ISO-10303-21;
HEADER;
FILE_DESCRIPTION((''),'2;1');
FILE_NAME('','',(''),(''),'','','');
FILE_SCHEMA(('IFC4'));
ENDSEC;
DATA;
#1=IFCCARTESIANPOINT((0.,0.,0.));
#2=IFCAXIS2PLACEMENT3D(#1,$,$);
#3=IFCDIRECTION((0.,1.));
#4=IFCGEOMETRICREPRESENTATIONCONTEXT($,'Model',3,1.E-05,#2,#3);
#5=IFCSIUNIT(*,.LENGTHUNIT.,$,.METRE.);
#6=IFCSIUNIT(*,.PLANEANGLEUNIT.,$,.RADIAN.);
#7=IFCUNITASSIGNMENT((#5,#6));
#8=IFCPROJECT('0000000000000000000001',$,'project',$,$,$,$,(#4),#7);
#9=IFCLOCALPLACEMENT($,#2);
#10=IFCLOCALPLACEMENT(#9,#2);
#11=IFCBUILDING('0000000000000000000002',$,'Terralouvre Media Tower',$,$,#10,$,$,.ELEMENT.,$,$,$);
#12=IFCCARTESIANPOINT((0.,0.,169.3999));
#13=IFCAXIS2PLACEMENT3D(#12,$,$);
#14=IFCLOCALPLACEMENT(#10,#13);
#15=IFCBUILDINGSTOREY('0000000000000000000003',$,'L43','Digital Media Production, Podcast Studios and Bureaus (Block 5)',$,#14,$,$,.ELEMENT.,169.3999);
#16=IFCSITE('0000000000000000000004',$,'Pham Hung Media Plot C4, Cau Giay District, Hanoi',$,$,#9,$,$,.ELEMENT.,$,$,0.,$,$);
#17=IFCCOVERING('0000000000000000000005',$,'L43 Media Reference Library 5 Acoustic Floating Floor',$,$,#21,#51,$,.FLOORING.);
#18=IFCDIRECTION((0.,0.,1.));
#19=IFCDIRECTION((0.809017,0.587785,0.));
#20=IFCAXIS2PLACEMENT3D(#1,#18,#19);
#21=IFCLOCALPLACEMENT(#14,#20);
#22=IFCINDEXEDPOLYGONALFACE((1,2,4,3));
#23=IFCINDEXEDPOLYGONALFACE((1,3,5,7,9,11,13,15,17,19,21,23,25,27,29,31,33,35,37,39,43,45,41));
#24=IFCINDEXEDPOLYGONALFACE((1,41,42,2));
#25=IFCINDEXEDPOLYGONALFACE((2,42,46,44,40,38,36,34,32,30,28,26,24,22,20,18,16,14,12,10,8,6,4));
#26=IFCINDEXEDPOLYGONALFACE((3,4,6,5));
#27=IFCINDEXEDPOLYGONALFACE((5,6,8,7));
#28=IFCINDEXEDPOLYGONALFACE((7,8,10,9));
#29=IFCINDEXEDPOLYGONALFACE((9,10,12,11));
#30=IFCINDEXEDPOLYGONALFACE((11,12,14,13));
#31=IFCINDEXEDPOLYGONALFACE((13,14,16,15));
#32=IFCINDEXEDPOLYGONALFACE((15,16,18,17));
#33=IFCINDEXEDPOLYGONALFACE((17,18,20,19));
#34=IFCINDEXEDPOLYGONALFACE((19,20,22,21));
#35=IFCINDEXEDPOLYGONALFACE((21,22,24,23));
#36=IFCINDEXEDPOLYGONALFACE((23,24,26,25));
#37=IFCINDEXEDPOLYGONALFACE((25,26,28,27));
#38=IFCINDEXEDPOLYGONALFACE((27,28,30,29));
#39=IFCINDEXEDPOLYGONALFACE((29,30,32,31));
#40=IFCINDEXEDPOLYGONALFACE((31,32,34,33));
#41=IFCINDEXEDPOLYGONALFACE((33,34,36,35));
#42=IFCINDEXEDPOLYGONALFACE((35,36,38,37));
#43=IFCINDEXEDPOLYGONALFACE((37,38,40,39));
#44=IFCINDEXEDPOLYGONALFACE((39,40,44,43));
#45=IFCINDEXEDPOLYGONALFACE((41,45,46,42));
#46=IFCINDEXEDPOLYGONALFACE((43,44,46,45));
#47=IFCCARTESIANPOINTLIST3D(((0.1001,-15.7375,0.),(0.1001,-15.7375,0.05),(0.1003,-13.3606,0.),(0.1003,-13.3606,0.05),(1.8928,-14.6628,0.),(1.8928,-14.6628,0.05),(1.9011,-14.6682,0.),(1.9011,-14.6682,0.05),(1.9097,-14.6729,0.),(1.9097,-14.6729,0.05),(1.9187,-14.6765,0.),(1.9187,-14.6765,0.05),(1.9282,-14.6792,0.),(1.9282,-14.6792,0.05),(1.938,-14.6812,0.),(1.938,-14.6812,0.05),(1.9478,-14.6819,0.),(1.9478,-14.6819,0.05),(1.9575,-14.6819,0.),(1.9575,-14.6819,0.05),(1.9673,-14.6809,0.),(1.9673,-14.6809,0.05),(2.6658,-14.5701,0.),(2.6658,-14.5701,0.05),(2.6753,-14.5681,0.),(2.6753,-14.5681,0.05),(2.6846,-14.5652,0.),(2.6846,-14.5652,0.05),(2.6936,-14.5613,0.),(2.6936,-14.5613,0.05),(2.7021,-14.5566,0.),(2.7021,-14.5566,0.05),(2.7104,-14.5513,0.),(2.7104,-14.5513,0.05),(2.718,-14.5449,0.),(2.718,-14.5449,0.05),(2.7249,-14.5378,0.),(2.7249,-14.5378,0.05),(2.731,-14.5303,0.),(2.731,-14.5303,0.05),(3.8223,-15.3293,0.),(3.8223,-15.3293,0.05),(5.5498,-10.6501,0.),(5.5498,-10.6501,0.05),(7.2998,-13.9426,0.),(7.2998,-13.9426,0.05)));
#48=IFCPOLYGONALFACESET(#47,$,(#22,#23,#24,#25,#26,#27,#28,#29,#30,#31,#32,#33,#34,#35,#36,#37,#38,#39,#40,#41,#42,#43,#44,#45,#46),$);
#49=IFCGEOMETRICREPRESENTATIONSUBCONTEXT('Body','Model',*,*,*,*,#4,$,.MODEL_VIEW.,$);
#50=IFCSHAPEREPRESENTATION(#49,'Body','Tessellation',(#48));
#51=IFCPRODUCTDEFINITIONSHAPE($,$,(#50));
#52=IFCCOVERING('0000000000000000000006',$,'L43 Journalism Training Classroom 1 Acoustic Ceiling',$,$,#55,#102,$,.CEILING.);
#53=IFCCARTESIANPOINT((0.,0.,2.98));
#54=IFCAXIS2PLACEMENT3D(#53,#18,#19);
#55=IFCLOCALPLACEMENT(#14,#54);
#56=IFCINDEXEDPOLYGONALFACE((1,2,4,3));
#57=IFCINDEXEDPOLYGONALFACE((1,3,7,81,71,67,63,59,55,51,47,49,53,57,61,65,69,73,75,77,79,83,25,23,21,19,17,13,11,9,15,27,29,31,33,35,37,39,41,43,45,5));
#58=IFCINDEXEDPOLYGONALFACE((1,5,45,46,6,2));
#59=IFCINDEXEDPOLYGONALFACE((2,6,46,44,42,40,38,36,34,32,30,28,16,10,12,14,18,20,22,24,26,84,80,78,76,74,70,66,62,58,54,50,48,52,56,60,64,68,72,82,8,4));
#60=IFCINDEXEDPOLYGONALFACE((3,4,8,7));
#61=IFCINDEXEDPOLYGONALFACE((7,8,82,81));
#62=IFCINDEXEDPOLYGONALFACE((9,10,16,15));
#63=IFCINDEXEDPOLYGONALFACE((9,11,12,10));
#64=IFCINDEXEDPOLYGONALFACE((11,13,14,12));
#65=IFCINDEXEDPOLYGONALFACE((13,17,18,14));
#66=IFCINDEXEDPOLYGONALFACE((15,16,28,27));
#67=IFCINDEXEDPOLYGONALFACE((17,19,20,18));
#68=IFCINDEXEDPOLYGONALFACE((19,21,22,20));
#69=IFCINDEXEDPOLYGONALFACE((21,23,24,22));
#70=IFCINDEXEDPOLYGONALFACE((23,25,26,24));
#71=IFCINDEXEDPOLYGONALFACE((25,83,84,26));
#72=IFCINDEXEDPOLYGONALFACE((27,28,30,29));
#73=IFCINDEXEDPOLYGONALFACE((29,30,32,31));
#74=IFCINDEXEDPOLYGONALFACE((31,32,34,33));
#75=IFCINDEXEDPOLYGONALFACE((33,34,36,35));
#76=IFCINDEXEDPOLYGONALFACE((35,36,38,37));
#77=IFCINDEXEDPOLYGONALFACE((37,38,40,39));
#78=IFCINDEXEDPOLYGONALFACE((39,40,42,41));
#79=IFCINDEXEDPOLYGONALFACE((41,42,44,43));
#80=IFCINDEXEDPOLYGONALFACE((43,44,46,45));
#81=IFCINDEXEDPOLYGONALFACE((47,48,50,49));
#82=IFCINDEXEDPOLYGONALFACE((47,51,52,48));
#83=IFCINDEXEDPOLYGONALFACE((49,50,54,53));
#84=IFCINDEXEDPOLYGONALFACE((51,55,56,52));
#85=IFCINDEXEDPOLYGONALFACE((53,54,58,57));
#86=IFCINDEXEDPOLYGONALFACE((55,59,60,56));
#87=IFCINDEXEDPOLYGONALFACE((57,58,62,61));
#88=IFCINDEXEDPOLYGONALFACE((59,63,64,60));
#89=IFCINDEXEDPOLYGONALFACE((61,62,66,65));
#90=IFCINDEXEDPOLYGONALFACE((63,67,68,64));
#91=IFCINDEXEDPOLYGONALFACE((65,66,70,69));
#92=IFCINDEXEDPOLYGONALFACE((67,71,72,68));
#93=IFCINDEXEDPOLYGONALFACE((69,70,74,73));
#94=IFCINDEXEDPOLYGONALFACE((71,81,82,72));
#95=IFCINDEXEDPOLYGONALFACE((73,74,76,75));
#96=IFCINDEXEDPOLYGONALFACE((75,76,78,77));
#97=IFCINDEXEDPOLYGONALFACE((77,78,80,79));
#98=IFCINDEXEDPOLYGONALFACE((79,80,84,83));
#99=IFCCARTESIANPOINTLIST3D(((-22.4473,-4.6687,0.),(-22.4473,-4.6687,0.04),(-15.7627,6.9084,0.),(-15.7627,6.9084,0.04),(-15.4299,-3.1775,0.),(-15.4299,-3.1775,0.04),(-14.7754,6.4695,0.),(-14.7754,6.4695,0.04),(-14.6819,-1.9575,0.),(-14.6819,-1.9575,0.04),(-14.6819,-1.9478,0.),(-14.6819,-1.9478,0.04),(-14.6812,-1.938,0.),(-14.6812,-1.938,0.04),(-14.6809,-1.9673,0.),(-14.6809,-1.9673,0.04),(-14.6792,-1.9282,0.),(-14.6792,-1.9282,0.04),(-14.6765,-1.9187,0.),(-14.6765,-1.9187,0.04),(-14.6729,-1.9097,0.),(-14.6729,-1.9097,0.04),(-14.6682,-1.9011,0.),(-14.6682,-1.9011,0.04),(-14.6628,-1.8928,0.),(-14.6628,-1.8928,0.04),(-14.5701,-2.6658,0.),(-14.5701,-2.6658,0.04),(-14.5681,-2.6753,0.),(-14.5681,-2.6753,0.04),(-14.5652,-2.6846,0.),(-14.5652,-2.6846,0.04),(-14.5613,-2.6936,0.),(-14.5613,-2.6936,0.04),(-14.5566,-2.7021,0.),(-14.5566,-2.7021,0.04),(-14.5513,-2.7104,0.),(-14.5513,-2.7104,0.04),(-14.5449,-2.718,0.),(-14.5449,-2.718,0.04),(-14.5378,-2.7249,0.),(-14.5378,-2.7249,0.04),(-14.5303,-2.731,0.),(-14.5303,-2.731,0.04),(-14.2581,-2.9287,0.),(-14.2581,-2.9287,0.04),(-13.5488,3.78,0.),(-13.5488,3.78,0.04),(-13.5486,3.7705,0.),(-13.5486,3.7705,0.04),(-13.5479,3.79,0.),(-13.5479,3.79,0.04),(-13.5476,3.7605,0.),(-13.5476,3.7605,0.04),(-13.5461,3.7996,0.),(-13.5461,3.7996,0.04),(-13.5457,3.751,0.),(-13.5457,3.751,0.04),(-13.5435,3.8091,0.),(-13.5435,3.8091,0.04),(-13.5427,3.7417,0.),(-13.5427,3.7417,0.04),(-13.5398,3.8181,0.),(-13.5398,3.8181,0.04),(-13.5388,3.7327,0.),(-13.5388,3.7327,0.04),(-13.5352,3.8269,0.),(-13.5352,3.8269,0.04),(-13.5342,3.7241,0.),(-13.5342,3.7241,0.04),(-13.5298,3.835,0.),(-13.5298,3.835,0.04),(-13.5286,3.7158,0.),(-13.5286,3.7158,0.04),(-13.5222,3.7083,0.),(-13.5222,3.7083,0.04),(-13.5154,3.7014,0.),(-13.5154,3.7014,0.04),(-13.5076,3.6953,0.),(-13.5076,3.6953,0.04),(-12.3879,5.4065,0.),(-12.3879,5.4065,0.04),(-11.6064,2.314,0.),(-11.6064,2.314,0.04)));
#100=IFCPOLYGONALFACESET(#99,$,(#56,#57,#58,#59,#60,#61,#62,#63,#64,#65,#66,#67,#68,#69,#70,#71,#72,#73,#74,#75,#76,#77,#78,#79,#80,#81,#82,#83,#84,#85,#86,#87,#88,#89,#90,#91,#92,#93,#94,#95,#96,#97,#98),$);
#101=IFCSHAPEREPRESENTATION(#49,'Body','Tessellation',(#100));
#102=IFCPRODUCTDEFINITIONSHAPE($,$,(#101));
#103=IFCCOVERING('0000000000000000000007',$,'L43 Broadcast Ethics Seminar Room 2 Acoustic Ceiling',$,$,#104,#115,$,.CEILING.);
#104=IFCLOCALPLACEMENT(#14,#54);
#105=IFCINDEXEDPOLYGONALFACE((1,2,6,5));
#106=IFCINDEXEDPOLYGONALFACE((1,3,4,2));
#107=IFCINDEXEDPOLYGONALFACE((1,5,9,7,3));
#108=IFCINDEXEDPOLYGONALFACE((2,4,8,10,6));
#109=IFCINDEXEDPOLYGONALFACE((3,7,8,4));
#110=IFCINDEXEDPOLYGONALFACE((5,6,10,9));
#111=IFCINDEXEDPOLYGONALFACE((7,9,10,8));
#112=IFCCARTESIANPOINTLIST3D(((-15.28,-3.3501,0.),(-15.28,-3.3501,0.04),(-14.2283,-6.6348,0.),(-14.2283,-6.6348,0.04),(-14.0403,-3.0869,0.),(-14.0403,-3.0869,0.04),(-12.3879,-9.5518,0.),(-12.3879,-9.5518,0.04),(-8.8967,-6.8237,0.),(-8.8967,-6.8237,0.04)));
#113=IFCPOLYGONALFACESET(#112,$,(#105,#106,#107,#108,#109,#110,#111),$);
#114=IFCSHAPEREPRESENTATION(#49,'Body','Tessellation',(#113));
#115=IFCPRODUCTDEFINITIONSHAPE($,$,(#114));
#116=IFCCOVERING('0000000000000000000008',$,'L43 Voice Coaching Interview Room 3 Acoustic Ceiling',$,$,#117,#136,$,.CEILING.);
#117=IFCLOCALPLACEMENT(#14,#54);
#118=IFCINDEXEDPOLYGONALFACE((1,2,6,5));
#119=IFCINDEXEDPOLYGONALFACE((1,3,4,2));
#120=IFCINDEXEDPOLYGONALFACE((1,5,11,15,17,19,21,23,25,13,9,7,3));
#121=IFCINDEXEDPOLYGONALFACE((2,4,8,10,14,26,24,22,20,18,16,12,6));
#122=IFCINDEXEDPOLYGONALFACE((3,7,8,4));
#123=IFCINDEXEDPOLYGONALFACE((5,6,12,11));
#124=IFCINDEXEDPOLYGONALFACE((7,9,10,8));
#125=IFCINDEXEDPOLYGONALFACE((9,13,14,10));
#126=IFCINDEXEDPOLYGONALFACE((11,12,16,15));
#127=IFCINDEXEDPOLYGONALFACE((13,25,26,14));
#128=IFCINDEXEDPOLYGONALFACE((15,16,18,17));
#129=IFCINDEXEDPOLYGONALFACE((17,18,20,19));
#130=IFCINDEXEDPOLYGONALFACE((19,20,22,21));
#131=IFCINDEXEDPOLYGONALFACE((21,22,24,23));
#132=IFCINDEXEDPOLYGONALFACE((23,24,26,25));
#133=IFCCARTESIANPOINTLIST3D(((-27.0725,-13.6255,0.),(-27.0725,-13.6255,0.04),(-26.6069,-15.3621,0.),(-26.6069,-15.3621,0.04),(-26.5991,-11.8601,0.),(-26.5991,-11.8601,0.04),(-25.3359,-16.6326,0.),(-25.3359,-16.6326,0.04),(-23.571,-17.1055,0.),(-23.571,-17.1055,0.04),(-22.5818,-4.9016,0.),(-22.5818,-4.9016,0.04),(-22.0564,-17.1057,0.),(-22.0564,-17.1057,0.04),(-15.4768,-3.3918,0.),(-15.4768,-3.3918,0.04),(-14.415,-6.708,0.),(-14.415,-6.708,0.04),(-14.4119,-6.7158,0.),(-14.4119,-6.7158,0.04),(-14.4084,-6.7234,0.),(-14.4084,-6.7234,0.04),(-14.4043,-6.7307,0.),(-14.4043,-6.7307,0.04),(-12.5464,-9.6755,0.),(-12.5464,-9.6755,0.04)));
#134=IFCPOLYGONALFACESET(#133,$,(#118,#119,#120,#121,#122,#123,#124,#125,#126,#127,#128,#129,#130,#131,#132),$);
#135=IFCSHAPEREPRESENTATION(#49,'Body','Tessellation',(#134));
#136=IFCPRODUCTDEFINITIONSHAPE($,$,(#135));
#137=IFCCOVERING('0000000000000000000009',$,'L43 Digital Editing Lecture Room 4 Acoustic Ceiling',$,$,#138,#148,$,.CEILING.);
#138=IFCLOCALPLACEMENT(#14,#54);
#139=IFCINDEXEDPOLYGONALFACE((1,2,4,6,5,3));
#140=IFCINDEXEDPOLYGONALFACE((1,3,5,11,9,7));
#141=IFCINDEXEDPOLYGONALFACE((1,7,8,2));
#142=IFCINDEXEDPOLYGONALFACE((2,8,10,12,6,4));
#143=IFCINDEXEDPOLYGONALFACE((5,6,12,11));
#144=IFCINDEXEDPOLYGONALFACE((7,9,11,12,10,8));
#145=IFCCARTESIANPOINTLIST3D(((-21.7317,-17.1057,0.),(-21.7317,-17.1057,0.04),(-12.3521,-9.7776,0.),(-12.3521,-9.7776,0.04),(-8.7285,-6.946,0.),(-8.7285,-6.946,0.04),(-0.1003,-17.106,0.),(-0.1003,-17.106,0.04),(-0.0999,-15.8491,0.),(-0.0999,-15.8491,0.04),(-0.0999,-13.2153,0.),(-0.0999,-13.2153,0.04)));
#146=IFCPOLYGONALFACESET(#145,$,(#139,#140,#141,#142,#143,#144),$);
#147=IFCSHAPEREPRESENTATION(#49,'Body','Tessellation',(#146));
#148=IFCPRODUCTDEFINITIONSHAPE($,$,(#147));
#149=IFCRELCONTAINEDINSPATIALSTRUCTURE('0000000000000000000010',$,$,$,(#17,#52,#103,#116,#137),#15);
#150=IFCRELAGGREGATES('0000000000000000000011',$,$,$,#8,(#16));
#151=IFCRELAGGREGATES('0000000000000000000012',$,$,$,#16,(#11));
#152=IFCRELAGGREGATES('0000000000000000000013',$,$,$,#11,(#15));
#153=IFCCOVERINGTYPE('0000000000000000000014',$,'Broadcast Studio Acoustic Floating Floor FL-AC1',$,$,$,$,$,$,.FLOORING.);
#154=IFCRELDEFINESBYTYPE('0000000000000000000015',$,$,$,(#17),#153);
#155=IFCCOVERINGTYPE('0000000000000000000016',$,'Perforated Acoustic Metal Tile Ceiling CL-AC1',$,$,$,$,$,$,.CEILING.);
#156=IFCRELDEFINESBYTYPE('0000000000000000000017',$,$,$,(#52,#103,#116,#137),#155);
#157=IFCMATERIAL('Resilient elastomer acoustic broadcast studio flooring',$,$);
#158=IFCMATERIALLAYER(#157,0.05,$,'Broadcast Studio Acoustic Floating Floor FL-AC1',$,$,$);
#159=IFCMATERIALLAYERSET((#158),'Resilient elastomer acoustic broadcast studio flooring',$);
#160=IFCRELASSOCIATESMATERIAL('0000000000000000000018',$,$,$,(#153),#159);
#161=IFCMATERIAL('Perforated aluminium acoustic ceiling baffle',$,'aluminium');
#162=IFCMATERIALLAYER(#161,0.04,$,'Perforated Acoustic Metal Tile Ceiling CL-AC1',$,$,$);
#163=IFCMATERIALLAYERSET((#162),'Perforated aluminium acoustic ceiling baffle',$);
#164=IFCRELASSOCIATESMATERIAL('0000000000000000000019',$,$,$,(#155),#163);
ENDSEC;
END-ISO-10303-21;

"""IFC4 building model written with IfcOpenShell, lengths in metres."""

from ifc_helpers import new_model, si_unit, direction, frame, origin, place, context, subcontext, project, spatial, polyline, outline, extrude, material, layer, layer_set, type_object, element, save


model = new_model("IFC4")

# Units and contexts
model_context = context("Model", 3, precision=1e-05, world=origin(), true_north=direction((0.0, 1.0)))
body_context = subcontext(model_context, "Body", "Model", "MODEL_VIEW")
ifc_project = project(units=[si_unit("LENGTHUNIT", "METRE"), si_unit("PLANEANGLEUNIT", "RADIAN")], contexts=[model_context])

# Site, building, storey
site_placement = place(None, origin())
site = spatial("IfcSite", under=ifc_project, at=site_placement, Name="Pham Hung Media Plot C4, Cau Giay District, Hanoi", CompositionType="ELEMENT", RefElevation=0.0)
building_placement = place(site_placement, origin())
building = spatial("IfcBuilding", under=site, at=building_placement, Name="Terralouvre Media Tower", CompositionType="ELEMENT")
storey_placement = place(building_placement, frame((0.0, 0.0, 169.3999)))
storey = spatial("IfcBuildingStorey", under=building, at=storey_placement, Name="L43", Description="Digital Media Production, Podcast Studios and Bureaus (Block 5)", CompositionType="ELEMENT", Elevation=169.3999)

# Coverings
ifc_material_1 = material(Name="Resilient elastomer acoustic broadcast studio flooring")
ifc_layer_1 = layer(ifc_material_1, 0.05, Name="Broadcast Studio Acoustic Floating Floor FL-AC1")
ifc_layer_set_1 = layer_set([ifc_layer_1], Name="Resilient elastomer acoustic broadcast studio flooring")
covering_type_1 = type_object("IfcCoveringType", Name="Broadcast Studio Acoustic Floating Floor FL-AC1", PredefinedType="FLOORING", material=ifc_layer_set_1)
covering_1_placement = place(storey_placement, frame((0.0, 0.0, 0.0), z_axis=(0.0, 0.0, 1.0), x_axis=(0.809017, 0.587785, 0.0)))
element("IfcCovering", 1, at=covering_1_placement, inside=storey, type_object=covering_type_1, Name="L43 Media Reference Library 5 Acoustic Floating Floor", PredefinedType="FLOORING", context=body_context, shape_type="SweptSolid", body=[
    extrude(outline(polyline([(3.8223, -15.3293), (7.2998, -13.9426), (5.5498, -10.6501), (2.731, -14.5303), (2.7249, -14.5378), (2.718, -14.5449), (2.7104, -14.5513), (2.7021, -14.5566), (2.6936, -14.5613), (2.6846, -14.5652), (2.6753, -14.5681), (2.6658, -14.5701), (1.9673, -14.6809), (1.9575, -14.6819), (1.9478, -14.6819), (1.938, -14.6812), (1.9282, -14.6792), (1.9187, -14.6765), (1.9097, -14.6729), (1.9011, -14.6682), (1.8928, -14.6628), (0.1003, -13.3606), (0.1001, -15.7375), (3.8223, -15.3293)])), origin(), (0.0, 0.0, 1.0), 0.05),
])
ifc_material_2 = material(Name="Perforated aluminium acoustic ceiling baffle", Category="aluminium")
ifc_layer_2 = layer(ifc_material_2, 0.04, Name="Perforated Acoustic Metal Tile Ceiling CL-AC1")
ifc_layer_set_2 = layer_set([ifc_layer_2], Name="Perforated aluminium acoustic ceiling baffle")
covering_type_2 = type_object("IfcCoveringType", Name="Perforated Acoustic Metal Tile Ceiling CL-AC1", PredefinedType="CEILING", material=ifc_layer_set_2)
covering_2_placement = place(storey_placement, frame((0.0, 0.0, 2.98), z_axis=(0.0, 0.0, 1.0), x_axis=(0.809017, 0.587785, 0.0)))
element("IfcCovering", 2, at=covering_2_placement, inside=storey, type_object=covering_type_2, Name="L43 Journalism Training Classroom 1 Acoustic Ceiling", PredefinedType="CEILING", context=body_context, shape_type="SweptSolid", body=[
    extrude(outline(polyline([(-14.2581, -2.9287), (-14.5303, -2.731), (-14.5378, -2.7249), (-14.5449, -2.718), (-14.5513, -2.7104), (-14.5566, -2.7021), (-14.5613, -2.6936), (-14.5652, -2.6846), (-14.5681, -2.6753), (-14.5701, -2.6658), (-14.6809, -1.9673), (-14.6819, -1.9575), (-14.6819, -1.9478), (-14.6812, -1.938), (-14.6792, -1.9282), (-14.6765, -1.9187), (-14.6729, -1.9097), (-14.6682, -1.9011), (-14.6628, -1.8928), (-11.6064, 2.314), (-13.5076, 3.6953), (-13.5154, 3.7014), (-13.5222, 3.7083), (-13.5286, 3.7158), (-13.5342, 3.7241), (-13.5388, 3.7327), (-13.5427, 3.7417), (-13.5457, 3.751), (-13.5476, 3.7605), (-13.5486, 3.7705), (-13.5488, 3.78), (-13.5479, 3.79), (-13.5461, 3.7996), (-13.5435, 3.8091), (-13.5398, 3.8181), (-13.5352, 3.8269), (-13.5298, 3.835), (-12.3879, 5.4065), (-14.7754, 6.4695), (-15.7627, 6.9084), (-22.4473, -4.6687), (-15.4299, -3.1775), (-14.2581, -2.9287)])), origin(), (0.0, 0.0, 1.0), 0.04),
])
covering_3_placement = place(storey_placement, frame((0.0, 0.0, 2.98), z_axis=(0.0, 0.0, 1.0), x_axis=(0.809017, 0.587785, 0.0)))
element("IfcCovering", 3, at=covering_3_placement, inside=storey, type_object=covering_type_2, Name="L43 Broadcast Ethics Seminar Room 2 Acoustic Ceiling", PredefinedType="CEILING", context=body_context, shape_type="SweptSolid", body=[
    extrude(outline(polyline([(-14.2283, -6.6348), (-12.3879, -9.5518), (-8.8967, -6.8237), (-14.0403, -3.0869), (-15.28, -3.3501), (-14.2283, -6.6348)])), origin(), (0.0, 0.0, 1.0), 0.04),
])
covering_4_placement = place(storey_placement, frame((0.0, 0.0, 2.98), z_axis=(0.0, 0.0, 1.0), x_axis=(0.809017, 0.587785, 0.0)))
element("IfcCovering", 4, at=covering_4_placement, inside=storey, type_object=covering_type_2, Name="L43 Voice Coaching Interview Room 3 Acoustic Ceiling", PredefinedType="CEILING", context=body_context, shape_type="SweptSolid", body=[
    extrude(outline(polyline([(-14.4043, -6.7307), (-14.4084, -6.7234), (-14.4119, -6.7158), (-14.415, -6.708), (-15.4768, -3.3918), (-22.5818, -4.9016), (-26.5991, -11.8601), (-27.0725, -13.6255), (-26.6069, -15.3621), (-25.3359, -16.6326), (-23.571, -17.1055), (-22.0564, -17.1057), (-12.5464, -9.6755), (-14.4043, -6.7307)])), origin(), (0.0, 0.0, 1.0), 0.04),
])
covering_5_placement = place(storey_placement, frame((0.0, 0.0, 2.98), z_axis=(0.0, 0.0, 1.0), x_axis=(0.809017, 0.587785, 0.0)))
element("IfcCovering", 5, at=covering_5_placement, inside=storey, type_object=covering_type_2, Name="L43 Digital Editing Lecture Room 4 Acoustic Ceiling", PredefinedType="CEILING", context=body_context, shape_type="SweptSolid", body=[
    extrude(outline(polyline([(-0.0999, -13.2153), (-8.7285, -6.946), (-12.3521, -9.7776), (-21.7317, -17.1057), (-0.1003, -17.106), (-0.0999, -15.8491), (-0.0999, -13.2153)])), origin(), (0.0, 0.0, 1.0), 0.04),
])

save(model, "model.ifc")
